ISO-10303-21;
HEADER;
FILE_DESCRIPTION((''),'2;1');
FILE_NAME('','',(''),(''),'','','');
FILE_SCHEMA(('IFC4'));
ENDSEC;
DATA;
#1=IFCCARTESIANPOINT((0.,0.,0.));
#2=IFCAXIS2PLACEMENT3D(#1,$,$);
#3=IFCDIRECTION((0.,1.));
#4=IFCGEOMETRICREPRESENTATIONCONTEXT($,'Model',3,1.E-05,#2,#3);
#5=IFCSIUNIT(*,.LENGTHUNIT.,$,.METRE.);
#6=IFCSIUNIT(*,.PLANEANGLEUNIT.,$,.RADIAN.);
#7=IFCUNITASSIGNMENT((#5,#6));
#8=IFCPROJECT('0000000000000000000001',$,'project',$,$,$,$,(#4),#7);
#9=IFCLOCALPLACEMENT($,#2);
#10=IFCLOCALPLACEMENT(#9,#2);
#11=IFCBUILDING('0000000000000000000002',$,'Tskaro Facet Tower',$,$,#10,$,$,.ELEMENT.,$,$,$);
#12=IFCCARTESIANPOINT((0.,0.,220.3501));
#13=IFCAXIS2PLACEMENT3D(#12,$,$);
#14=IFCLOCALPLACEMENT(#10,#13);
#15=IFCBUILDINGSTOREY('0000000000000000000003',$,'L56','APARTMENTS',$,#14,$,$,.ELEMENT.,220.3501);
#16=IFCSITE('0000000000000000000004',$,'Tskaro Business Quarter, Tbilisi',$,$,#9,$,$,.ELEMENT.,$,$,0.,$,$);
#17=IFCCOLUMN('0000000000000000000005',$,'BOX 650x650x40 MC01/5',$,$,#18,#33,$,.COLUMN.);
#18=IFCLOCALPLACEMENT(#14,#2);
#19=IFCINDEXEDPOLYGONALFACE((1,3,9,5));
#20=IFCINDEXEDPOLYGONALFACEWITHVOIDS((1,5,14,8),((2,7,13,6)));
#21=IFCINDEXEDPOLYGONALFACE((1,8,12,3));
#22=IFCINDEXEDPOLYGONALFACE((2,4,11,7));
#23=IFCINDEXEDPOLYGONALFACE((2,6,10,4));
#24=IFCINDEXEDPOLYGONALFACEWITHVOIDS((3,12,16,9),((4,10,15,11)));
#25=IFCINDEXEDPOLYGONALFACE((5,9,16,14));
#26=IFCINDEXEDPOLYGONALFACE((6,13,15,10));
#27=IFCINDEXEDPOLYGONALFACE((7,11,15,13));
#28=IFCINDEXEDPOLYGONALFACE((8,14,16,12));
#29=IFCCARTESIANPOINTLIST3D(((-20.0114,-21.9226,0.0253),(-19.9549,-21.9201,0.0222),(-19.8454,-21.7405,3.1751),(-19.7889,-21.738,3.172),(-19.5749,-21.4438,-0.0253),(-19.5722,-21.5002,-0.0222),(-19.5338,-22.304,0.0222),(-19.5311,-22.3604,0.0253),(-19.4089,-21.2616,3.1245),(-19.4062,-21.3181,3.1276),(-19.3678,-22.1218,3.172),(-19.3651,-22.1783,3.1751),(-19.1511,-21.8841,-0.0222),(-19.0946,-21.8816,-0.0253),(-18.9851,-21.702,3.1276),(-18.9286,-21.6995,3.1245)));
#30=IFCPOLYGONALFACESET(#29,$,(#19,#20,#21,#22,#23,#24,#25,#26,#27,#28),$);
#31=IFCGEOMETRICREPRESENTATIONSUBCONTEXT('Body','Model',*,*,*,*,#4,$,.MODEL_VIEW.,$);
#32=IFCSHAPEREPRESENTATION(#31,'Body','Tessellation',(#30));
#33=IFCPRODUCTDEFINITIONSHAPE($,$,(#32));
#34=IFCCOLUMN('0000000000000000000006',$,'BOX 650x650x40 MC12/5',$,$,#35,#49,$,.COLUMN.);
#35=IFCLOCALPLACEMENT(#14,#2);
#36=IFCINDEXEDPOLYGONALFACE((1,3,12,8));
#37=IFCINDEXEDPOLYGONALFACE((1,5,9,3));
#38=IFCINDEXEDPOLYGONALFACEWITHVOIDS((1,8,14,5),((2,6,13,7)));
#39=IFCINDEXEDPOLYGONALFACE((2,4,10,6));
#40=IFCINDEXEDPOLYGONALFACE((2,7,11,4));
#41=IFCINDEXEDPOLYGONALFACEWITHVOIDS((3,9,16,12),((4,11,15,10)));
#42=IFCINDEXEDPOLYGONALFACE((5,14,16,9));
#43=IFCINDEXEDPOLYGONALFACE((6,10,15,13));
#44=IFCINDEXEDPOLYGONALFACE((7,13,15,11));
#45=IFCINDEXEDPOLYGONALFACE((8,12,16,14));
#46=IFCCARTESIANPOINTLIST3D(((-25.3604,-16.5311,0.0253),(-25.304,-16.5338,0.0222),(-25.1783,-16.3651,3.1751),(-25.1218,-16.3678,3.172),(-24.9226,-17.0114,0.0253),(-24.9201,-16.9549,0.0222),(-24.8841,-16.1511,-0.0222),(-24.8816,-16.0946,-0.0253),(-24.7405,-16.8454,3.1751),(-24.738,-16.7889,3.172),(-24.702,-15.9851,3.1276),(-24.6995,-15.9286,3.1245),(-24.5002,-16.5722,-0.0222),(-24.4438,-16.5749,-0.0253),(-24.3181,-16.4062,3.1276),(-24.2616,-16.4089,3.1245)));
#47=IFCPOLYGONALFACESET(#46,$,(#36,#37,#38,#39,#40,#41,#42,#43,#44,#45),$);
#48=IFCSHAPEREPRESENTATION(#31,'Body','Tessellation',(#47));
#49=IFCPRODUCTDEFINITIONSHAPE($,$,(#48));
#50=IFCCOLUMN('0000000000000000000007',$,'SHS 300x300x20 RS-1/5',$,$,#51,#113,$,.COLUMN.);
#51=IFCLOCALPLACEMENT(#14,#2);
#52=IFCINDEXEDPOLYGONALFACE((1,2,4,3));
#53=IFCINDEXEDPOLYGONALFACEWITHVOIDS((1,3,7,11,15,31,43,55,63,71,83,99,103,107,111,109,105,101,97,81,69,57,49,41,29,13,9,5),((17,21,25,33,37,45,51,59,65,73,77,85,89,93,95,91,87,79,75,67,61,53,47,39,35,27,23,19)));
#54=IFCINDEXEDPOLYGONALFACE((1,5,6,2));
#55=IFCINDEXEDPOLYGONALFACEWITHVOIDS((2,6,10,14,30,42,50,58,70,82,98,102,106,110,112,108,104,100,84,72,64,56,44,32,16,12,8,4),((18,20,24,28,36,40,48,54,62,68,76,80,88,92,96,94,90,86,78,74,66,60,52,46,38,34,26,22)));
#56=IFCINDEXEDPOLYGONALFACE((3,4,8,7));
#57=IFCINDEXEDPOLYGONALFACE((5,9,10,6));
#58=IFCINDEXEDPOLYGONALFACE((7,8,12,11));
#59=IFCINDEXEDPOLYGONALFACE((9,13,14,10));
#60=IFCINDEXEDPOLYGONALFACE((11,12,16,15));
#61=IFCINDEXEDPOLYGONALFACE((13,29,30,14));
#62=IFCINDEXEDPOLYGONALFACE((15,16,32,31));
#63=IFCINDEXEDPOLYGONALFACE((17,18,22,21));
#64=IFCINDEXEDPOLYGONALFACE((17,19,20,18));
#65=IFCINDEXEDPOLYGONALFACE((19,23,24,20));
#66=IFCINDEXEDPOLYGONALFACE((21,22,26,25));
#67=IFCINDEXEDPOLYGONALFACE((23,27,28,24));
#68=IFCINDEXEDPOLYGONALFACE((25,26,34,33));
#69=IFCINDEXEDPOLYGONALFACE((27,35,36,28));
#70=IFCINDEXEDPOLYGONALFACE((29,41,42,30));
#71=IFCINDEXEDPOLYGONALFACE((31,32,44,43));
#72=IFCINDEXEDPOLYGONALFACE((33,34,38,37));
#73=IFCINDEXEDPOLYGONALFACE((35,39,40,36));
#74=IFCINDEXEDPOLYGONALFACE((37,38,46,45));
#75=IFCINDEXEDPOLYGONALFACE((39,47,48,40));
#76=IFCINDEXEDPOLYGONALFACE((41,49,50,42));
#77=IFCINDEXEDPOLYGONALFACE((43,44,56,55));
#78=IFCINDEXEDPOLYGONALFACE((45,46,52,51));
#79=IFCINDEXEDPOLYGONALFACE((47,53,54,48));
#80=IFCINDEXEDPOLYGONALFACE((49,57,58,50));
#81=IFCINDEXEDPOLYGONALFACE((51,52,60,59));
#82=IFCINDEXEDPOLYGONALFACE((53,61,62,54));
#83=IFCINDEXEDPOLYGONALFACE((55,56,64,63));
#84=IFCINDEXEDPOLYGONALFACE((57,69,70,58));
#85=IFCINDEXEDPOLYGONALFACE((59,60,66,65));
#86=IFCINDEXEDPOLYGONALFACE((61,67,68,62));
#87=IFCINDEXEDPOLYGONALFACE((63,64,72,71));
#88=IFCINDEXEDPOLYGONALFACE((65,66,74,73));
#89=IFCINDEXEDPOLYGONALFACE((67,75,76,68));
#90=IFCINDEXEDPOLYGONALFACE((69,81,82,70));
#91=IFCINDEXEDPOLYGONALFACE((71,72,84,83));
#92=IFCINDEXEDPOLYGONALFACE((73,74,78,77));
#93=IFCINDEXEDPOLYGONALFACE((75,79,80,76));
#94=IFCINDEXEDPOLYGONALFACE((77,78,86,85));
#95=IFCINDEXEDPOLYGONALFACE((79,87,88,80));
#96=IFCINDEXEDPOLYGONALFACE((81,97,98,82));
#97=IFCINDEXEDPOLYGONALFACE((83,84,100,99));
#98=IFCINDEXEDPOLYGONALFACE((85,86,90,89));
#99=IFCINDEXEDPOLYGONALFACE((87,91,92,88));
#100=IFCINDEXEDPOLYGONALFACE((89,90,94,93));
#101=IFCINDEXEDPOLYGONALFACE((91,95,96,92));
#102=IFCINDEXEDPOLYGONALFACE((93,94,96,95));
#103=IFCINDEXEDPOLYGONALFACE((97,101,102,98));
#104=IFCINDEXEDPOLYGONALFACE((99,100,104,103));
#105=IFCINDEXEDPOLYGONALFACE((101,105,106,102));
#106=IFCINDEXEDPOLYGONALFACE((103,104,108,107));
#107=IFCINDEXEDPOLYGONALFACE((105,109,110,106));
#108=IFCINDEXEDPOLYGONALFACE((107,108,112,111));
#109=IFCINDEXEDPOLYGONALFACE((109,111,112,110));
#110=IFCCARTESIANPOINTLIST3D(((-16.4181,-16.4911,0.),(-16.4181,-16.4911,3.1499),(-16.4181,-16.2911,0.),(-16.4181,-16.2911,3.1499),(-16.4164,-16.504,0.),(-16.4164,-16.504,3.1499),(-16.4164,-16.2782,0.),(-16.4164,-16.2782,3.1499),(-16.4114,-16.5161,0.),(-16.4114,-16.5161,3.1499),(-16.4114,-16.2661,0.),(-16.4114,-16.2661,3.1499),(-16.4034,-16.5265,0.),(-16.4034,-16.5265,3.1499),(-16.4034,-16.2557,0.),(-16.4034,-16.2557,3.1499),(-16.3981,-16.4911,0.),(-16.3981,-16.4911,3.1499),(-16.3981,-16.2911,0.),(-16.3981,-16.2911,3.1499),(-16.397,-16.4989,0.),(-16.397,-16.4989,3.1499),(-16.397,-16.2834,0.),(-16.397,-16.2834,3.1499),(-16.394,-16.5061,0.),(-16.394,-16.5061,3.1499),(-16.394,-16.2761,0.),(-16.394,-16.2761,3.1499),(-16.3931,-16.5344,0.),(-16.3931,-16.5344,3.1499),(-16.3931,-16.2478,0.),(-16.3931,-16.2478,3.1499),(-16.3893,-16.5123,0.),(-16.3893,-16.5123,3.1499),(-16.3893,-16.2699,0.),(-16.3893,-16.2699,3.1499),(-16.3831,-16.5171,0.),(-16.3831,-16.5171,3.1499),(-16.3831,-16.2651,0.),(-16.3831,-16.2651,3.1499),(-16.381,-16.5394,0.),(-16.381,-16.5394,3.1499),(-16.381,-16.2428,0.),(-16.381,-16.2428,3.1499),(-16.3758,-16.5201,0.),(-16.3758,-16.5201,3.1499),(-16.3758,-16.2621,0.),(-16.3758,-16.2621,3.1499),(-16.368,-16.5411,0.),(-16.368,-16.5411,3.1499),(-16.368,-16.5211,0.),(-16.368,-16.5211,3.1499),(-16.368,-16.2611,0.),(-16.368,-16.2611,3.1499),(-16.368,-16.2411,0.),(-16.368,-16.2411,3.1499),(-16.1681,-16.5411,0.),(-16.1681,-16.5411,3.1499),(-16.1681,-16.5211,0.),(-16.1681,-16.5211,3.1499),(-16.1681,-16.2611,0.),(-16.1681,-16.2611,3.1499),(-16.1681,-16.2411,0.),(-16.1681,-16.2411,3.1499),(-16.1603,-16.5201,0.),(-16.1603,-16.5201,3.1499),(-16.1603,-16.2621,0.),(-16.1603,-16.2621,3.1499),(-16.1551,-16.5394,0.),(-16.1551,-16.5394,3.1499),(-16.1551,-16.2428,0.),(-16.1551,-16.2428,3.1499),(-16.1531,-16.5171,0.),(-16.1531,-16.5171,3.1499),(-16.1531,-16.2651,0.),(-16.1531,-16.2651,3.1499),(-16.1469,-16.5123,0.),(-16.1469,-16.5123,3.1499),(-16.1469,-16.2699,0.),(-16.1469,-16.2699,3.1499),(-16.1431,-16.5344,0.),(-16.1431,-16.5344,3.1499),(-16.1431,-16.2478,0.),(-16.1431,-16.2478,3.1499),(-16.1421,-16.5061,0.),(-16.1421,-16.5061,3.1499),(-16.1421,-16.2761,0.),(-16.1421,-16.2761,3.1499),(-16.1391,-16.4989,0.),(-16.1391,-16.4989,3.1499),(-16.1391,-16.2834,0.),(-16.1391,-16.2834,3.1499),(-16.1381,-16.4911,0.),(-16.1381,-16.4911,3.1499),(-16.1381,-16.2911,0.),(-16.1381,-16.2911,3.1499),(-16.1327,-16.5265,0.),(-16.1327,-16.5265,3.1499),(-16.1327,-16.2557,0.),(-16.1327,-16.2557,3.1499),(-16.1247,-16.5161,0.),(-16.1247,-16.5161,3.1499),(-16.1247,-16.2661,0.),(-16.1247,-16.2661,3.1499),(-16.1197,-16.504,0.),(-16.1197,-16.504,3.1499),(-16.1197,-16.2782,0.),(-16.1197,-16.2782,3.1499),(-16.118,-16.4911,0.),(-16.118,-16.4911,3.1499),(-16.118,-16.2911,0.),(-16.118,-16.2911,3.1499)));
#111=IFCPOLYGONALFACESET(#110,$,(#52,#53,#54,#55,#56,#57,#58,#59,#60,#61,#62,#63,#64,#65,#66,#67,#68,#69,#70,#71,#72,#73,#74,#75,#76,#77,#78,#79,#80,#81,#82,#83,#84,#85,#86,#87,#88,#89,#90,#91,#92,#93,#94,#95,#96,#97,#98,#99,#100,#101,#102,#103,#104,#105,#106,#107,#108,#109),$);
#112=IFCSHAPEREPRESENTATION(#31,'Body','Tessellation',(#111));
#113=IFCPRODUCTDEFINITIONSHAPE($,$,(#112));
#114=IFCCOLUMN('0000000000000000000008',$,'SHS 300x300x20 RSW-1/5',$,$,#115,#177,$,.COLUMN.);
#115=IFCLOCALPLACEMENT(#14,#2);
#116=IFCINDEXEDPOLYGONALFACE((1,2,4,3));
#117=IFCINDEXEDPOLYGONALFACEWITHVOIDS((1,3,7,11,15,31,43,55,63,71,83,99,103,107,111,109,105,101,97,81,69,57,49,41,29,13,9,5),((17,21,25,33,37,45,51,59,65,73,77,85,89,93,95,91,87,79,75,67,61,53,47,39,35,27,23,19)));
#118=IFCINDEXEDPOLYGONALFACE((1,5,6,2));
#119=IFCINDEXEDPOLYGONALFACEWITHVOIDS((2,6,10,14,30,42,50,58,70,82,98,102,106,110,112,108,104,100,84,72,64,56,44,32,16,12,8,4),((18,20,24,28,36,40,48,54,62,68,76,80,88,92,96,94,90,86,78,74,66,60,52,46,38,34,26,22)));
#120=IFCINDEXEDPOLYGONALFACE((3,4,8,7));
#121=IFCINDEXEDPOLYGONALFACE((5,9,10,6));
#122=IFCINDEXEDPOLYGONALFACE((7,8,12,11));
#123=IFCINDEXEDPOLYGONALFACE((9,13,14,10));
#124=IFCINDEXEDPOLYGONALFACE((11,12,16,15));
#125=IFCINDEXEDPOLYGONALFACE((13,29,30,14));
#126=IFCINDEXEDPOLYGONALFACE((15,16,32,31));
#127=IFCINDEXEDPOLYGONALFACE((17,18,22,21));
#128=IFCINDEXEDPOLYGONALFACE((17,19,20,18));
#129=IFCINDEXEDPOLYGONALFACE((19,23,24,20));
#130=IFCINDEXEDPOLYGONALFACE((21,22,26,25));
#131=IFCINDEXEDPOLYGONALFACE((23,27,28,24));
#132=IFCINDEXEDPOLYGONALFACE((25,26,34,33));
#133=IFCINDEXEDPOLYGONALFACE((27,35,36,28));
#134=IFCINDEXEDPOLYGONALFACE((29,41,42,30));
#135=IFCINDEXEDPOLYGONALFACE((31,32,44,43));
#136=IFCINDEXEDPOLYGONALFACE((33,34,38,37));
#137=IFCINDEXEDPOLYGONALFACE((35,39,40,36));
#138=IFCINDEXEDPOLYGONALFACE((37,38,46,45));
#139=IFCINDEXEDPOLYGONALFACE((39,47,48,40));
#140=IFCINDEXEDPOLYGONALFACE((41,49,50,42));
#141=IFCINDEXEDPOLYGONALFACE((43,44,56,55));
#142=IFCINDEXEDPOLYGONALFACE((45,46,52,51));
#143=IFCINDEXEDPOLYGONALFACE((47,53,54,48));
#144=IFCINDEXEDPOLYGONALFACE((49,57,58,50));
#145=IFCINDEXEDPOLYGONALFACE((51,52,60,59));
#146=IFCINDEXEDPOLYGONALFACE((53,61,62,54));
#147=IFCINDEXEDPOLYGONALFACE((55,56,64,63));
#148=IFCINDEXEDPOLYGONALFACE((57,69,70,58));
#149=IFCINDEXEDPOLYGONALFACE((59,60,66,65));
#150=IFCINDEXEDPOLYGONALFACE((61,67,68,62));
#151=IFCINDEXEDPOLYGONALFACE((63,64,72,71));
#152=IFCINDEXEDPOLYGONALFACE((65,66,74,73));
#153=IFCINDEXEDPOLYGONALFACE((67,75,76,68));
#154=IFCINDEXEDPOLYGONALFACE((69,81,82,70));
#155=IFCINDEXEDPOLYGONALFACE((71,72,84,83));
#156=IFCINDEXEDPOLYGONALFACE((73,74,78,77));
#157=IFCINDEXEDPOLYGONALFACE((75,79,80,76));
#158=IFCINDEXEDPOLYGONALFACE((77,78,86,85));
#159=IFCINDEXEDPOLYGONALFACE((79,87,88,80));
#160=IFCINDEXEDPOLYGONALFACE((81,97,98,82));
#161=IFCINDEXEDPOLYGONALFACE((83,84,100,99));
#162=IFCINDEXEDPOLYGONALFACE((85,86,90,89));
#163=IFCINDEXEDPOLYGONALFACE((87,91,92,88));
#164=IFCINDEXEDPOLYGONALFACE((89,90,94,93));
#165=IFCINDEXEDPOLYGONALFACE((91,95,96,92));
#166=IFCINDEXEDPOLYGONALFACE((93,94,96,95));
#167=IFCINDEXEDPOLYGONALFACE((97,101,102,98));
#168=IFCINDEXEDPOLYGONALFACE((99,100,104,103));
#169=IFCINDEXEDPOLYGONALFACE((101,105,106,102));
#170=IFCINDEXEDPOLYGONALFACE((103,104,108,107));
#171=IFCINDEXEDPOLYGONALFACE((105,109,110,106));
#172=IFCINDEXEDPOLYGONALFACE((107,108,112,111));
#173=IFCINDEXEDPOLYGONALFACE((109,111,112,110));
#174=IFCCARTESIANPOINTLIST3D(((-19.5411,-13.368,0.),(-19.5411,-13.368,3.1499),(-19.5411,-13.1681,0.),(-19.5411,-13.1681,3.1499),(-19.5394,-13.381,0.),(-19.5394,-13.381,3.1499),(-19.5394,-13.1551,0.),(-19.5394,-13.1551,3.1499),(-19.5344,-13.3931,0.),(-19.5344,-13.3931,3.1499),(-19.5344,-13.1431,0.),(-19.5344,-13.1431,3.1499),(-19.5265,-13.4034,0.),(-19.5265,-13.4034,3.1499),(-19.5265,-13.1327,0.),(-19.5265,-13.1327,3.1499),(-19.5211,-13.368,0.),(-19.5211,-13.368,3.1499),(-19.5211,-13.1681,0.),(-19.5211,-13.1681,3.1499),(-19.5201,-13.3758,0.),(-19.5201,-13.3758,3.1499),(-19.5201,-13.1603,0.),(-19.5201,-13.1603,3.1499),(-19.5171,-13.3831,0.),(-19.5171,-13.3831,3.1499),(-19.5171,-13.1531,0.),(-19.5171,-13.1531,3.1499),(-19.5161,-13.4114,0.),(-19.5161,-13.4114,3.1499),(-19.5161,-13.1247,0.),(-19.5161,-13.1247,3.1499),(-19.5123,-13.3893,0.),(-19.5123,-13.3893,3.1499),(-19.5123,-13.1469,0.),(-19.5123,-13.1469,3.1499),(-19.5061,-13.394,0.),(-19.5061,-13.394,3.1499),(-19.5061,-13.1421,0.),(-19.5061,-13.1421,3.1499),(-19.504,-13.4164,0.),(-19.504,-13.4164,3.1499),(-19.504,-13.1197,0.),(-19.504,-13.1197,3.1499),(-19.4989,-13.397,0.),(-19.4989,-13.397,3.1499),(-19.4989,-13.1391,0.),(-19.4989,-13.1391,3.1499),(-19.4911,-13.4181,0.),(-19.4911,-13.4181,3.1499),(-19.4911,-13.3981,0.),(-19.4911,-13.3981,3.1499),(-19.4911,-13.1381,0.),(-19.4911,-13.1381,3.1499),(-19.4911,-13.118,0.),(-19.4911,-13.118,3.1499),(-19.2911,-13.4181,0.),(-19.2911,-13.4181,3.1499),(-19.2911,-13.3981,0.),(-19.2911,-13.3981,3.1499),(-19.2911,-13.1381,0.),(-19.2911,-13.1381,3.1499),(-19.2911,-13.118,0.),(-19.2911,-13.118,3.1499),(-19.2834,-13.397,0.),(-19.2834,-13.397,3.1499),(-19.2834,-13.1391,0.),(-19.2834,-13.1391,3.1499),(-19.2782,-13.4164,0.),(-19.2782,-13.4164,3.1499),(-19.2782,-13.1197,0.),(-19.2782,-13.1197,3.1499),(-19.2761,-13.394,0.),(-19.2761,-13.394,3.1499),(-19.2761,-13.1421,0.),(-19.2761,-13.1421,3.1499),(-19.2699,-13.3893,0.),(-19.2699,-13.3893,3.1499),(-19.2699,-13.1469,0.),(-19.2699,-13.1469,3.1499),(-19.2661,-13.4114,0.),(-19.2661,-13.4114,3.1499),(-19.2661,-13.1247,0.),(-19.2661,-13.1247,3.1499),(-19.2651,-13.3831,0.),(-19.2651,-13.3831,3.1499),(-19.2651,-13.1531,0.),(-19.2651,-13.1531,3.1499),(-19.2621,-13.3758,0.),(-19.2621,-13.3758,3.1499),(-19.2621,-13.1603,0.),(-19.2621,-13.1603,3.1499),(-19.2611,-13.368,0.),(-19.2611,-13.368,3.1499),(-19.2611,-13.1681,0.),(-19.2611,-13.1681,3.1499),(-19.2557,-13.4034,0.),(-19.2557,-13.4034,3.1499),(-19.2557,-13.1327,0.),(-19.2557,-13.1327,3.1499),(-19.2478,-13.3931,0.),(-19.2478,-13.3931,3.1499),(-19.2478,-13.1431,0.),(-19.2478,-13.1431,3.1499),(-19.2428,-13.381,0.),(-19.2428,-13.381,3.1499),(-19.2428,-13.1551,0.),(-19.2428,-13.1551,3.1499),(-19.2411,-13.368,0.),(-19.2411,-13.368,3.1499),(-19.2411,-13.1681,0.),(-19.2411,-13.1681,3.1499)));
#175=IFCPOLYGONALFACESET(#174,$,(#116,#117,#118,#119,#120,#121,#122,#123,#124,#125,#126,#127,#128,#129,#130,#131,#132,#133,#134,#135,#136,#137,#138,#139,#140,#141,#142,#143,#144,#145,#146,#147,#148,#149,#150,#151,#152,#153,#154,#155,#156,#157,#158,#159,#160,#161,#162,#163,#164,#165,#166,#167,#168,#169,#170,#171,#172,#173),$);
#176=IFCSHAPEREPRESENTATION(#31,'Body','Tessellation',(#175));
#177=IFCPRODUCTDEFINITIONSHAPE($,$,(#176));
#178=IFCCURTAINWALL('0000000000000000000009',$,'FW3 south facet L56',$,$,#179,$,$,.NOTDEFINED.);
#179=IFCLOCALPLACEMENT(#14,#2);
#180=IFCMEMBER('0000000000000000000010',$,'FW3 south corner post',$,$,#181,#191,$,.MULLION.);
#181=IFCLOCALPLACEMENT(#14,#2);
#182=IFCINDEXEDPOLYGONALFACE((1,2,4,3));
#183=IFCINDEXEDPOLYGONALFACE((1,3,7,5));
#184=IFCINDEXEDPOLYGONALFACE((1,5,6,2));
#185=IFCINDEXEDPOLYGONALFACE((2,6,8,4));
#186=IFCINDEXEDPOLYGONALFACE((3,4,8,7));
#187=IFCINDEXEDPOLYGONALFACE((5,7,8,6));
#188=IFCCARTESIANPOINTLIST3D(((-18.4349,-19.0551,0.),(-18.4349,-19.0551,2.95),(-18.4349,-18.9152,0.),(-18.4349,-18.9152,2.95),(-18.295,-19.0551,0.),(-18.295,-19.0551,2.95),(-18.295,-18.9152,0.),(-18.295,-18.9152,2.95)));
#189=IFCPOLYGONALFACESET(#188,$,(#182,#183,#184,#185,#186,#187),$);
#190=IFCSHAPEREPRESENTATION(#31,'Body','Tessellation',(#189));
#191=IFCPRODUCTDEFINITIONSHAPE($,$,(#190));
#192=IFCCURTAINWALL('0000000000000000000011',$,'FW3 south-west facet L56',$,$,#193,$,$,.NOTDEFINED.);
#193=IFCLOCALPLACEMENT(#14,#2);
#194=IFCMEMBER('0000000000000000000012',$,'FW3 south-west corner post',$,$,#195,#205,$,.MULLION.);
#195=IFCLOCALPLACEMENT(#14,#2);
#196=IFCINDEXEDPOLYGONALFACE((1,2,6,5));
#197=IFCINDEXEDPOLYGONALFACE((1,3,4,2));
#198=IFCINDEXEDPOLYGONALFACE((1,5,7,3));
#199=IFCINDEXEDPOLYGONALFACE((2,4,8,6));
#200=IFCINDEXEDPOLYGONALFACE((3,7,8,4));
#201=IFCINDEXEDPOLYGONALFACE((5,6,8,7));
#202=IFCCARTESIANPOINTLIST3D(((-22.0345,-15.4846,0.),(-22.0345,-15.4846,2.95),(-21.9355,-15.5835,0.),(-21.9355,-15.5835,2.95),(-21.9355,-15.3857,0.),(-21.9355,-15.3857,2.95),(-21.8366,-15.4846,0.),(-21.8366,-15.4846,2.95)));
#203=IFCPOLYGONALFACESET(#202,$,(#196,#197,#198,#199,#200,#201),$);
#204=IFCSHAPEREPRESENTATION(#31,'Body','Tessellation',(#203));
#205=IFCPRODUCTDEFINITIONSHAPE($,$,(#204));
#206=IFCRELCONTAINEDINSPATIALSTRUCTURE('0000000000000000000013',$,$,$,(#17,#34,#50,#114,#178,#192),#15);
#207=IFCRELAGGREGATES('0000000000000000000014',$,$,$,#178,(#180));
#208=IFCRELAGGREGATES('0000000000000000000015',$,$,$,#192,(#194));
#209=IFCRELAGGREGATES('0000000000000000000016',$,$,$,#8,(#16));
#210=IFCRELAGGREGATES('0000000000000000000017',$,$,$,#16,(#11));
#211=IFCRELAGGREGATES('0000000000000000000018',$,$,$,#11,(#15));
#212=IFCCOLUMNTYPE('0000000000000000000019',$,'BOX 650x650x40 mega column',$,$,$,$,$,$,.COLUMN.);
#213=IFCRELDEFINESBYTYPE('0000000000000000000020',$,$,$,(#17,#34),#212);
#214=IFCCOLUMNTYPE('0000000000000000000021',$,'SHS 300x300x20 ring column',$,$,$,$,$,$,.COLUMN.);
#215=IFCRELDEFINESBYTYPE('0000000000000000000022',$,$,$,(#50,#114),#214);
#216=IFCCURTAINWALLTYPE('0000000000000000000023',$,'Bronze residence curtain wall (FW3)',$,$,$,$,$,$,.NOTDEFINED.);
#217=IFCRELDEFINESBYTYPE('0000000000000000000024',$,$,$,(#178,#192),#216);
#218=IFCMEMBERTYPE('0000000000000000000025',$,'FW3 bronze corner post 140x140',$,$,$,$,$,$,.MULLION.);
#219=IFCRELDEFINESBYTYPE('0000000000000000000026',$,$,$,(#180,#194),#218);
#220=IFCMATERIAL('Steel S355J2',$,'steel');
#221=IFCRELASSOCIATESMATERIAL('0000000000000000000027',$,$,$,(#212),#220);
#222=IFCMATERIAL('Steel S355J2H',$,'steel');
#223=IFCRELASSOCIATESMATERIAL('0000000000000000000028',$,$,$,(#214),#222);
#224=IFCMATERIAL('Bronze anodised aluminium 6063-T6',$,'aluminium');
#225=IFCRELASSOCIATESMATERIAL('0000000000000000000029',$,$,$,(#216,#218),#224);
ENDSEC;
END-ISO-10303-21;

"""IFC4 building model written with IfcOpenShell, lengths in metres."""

from ifc_helpers import new_model, si_unit, direction, frame, origin, origin_2d, place, context, subcontext, project, spatial, rectangle, hollow_rectangle, extrude, material, material_profile, profile_set, type_object, element, aggregate, save


model = new_model("IFC4")

# Units and contexts
model_context = context("Model", 3, precision=1e-05, world=origin(), true_north=direction((0.0, 1.0)))
body_context = subcontext(model_context, "Body", "Model", "MODEL_VIEW")
ifc_project = project(units=[si_unit("LENGTHUNIT", "METRE"), si_unit("PLANEANGLEUNIT", "RADIAN")], contexts=[model_context])

# Site, building, storey
site_placement = place(None, origin())
site = spatial("IfcSite", under=ifc_project, at=site_placement, Name="Tskaro Business Quarter, Tbilisi", CompositionType="ELEMENT", RefElevation=0.0)
building_placement = place(site_placement, origin())
building = spatial("IfcBuilding", under=site, at=building_placement, Name="Tskaro Facet Tower", CompositionType="ELEMENT")
storey_placement = place(building_placement, frame((0.0, 0.0, 220.3501)))
storey = spatial("IfcBuildingStorey", under=building, at=storey_placement, Name="L56", Description="APARTMENTS", CompositionType="ELEMENT", Elevation=220.3501)

# Columns
ifc_material_1 = material(Name="Steel S355J2", Category="steel")
ifc_material_profile_1 = material_profile(ifc_material_1, hollow_rectangle(XDim=0.6499, YDim=0.6499, WallThickness=0.04, at=origin_2d()), Name="BOX 650x650x40")
ifc_profile_set_1 = profile_set([ifc_material_profile_1], Name="Steel S355J2")
column_type_1 = type_object("IfcColumnType", Name="BOX 650x650x40 mega column", PredefinedType="COLUMN", material=ifc_profile_set_1)
for number, where, z_axis, x_axis, name in (
    (1, (-19.553, -21.9021, 0.0), (0.052544, 0.057644, 0.996953), (-0.739043, 0.673658, 0.0), "BOX 650x650x40 MC01/5"),
    (2, (-24.9021, -16.553, 0.0), (0.057644, 0.052544, 0.996953), (-0.673658, 0.739043, 0.0), "BOX 650x650x40 MC12/5"),
):
    element("IfcColumn", number, at=place(storey_placement, frame(where, z_axis=z_axis, x_axis=x_axis)), inside=storey, type_object=column_type_1, Name=name, PredefinedType="COLUMN", context=body_context, shape_type="SweptSolid", body=[
        extrude(hollow_rectangle(XDim=0.6499, YDim=0.6499, WallThickness=0.04, at=origin_2d()), origin(), (0.0, 0.0, 1.0), 3.1594),
    ])
ifc_material_2 = material(Name="Steel S355J2H", Category="steel")
ifc_material_profile_2 = material_profile(ifc_material_2, hollow_rectangle(XDim=0.3, YDim=0.3, WallThickness=0.02, InnerFilletRadius=0.03, OuterFilletRadius=0.05, at=origin_2d()), Name="SHS 300x300x20")
ifc_profile_set_2 = profile_set([ifc_material_profile_2], Name="Steel S355J2H")
column_type_2 = type_object("IfcColumnType", Name="SHS 300x300x20 ring column", PredefinedType="COLUMN", material=ifc_profile_set_2)
for number, where, z_axis, x_axis, name in (
    (3, (-16.2681, -16.3911, 0.0), (0.0, 0.0, 1.0), (1.0, 0.0, 0.0), "SHS 300x300x20 RS-1/5"),
    (4, (-19.3911, -13.2681, 0.0), (0.0, 0.0, 1.0), (1.0, 0.0, 0.0), "SHS 300x300x20 RSW-1/5"),
):
    element("IfcColumn", number, at=place(storey_placement, frame(where, z_axis=z_axis, x_axis=x_axis)), inside=storey, type_object=column_type_2, Name=name, PredefinedType="COLUMN", context=body_context, shape_type="SweptSolid", body=[
        extrude(hollow_rectangle(XDim=0.3, YDim=0.3, WallThickness=0.02, InnerFilletRadius=0.03, OuterFilletRadius=0.05, at=origin_2d()), origin(), (0.0, 0.0, 1.0), 3.1499),
    ])

# Curtain walls, members
ifc_material_3 = material(Name="Bronze anodised aluminium 6063-T6", Category="aluminium")
curtain_wall_type = type_object("IfcCurtainWallType", Name="Bronze residence curtain wall (FW3)", PredefinedType="NOTDEFINED", material=ifc_material_3)
curtain_wall_1_placement = place(storey_placement, origin())
curtain_wall_1 = element("IfcCurtainWall", 5, at=curtain_wall_1_placement, inside=storey, type_object=curtain_wall_type, Name="FW3 south facet L56", PredefinedType="NOTDEFINED")
ifc_material_profile_3 = material_profile(ifc_material_3, rectangle(XDim=0.1399, YDim=0.1399, at=origin_2d()), Name="Corner post 140x140")
ifc_profile_set_3 = profile_set([ifc_material_profile_3], Name="Bronze anodised aluminium 6063-T6")
member_type_1 = type_object("IfcMemberType", Name="FW3 bronze corner post 140x140", PredefinedType="MULLION", material=ifc_profile_set_3)
member_1_placement = place(storey_placement, frame((-18.365, -18.9851, 0.0), z_axis=(0.0, 0.0, 1.0), x_axis=(1.0, 0.0, 0.0)))
member_1 = element("IfcMember", 6, at=member_1_placement, type_object=member_type_1, Name="FW3 south corner post", PredefinedType="MULLION", context=body_context, shape_type="SweptSolid", body=[
    extrude(rectangle(XDim=0.1399, YDim=0.1399, at=origin_2d()), origin(), (0.0, 0.0, 1.0), 2.95),
])
curtain_wall_2_placement = place(storey_placement, origin())
curtain_wall_2 = element("IfcCurtainWall", 7, at=curtain_wall_2_placement, inside=storey, type_object=curtain_wall_type, Name="FW3 south-west facet L56", PredefinedType="NOTDEFINED")
member_2_placement = place(storey_placement, frame((-21.9355, -15.4846, 0.0), z_axis=(0.0, 0.0, 1.0), x_axis=(0.707107, -0.707107, 0.0)))
member_2 = element("IfcMember", 8, at=member_2_placement, type_object=member_type_1, Name="FW3 south-west corner post", PredefinedType="MULLION", context=body_context, shape_type="SweptSolid", body=[
    extrude(rectangle(XDim=0.1399, YDim=0.1399, at=origin_2d()), origin(), (0.0, 0.0, 1.0), 2.95),
])

aggregate(curtain_wall_1, [member_1])

aggregate(curtain_wall_2, [member_2])

save(model, "model.ifc")
